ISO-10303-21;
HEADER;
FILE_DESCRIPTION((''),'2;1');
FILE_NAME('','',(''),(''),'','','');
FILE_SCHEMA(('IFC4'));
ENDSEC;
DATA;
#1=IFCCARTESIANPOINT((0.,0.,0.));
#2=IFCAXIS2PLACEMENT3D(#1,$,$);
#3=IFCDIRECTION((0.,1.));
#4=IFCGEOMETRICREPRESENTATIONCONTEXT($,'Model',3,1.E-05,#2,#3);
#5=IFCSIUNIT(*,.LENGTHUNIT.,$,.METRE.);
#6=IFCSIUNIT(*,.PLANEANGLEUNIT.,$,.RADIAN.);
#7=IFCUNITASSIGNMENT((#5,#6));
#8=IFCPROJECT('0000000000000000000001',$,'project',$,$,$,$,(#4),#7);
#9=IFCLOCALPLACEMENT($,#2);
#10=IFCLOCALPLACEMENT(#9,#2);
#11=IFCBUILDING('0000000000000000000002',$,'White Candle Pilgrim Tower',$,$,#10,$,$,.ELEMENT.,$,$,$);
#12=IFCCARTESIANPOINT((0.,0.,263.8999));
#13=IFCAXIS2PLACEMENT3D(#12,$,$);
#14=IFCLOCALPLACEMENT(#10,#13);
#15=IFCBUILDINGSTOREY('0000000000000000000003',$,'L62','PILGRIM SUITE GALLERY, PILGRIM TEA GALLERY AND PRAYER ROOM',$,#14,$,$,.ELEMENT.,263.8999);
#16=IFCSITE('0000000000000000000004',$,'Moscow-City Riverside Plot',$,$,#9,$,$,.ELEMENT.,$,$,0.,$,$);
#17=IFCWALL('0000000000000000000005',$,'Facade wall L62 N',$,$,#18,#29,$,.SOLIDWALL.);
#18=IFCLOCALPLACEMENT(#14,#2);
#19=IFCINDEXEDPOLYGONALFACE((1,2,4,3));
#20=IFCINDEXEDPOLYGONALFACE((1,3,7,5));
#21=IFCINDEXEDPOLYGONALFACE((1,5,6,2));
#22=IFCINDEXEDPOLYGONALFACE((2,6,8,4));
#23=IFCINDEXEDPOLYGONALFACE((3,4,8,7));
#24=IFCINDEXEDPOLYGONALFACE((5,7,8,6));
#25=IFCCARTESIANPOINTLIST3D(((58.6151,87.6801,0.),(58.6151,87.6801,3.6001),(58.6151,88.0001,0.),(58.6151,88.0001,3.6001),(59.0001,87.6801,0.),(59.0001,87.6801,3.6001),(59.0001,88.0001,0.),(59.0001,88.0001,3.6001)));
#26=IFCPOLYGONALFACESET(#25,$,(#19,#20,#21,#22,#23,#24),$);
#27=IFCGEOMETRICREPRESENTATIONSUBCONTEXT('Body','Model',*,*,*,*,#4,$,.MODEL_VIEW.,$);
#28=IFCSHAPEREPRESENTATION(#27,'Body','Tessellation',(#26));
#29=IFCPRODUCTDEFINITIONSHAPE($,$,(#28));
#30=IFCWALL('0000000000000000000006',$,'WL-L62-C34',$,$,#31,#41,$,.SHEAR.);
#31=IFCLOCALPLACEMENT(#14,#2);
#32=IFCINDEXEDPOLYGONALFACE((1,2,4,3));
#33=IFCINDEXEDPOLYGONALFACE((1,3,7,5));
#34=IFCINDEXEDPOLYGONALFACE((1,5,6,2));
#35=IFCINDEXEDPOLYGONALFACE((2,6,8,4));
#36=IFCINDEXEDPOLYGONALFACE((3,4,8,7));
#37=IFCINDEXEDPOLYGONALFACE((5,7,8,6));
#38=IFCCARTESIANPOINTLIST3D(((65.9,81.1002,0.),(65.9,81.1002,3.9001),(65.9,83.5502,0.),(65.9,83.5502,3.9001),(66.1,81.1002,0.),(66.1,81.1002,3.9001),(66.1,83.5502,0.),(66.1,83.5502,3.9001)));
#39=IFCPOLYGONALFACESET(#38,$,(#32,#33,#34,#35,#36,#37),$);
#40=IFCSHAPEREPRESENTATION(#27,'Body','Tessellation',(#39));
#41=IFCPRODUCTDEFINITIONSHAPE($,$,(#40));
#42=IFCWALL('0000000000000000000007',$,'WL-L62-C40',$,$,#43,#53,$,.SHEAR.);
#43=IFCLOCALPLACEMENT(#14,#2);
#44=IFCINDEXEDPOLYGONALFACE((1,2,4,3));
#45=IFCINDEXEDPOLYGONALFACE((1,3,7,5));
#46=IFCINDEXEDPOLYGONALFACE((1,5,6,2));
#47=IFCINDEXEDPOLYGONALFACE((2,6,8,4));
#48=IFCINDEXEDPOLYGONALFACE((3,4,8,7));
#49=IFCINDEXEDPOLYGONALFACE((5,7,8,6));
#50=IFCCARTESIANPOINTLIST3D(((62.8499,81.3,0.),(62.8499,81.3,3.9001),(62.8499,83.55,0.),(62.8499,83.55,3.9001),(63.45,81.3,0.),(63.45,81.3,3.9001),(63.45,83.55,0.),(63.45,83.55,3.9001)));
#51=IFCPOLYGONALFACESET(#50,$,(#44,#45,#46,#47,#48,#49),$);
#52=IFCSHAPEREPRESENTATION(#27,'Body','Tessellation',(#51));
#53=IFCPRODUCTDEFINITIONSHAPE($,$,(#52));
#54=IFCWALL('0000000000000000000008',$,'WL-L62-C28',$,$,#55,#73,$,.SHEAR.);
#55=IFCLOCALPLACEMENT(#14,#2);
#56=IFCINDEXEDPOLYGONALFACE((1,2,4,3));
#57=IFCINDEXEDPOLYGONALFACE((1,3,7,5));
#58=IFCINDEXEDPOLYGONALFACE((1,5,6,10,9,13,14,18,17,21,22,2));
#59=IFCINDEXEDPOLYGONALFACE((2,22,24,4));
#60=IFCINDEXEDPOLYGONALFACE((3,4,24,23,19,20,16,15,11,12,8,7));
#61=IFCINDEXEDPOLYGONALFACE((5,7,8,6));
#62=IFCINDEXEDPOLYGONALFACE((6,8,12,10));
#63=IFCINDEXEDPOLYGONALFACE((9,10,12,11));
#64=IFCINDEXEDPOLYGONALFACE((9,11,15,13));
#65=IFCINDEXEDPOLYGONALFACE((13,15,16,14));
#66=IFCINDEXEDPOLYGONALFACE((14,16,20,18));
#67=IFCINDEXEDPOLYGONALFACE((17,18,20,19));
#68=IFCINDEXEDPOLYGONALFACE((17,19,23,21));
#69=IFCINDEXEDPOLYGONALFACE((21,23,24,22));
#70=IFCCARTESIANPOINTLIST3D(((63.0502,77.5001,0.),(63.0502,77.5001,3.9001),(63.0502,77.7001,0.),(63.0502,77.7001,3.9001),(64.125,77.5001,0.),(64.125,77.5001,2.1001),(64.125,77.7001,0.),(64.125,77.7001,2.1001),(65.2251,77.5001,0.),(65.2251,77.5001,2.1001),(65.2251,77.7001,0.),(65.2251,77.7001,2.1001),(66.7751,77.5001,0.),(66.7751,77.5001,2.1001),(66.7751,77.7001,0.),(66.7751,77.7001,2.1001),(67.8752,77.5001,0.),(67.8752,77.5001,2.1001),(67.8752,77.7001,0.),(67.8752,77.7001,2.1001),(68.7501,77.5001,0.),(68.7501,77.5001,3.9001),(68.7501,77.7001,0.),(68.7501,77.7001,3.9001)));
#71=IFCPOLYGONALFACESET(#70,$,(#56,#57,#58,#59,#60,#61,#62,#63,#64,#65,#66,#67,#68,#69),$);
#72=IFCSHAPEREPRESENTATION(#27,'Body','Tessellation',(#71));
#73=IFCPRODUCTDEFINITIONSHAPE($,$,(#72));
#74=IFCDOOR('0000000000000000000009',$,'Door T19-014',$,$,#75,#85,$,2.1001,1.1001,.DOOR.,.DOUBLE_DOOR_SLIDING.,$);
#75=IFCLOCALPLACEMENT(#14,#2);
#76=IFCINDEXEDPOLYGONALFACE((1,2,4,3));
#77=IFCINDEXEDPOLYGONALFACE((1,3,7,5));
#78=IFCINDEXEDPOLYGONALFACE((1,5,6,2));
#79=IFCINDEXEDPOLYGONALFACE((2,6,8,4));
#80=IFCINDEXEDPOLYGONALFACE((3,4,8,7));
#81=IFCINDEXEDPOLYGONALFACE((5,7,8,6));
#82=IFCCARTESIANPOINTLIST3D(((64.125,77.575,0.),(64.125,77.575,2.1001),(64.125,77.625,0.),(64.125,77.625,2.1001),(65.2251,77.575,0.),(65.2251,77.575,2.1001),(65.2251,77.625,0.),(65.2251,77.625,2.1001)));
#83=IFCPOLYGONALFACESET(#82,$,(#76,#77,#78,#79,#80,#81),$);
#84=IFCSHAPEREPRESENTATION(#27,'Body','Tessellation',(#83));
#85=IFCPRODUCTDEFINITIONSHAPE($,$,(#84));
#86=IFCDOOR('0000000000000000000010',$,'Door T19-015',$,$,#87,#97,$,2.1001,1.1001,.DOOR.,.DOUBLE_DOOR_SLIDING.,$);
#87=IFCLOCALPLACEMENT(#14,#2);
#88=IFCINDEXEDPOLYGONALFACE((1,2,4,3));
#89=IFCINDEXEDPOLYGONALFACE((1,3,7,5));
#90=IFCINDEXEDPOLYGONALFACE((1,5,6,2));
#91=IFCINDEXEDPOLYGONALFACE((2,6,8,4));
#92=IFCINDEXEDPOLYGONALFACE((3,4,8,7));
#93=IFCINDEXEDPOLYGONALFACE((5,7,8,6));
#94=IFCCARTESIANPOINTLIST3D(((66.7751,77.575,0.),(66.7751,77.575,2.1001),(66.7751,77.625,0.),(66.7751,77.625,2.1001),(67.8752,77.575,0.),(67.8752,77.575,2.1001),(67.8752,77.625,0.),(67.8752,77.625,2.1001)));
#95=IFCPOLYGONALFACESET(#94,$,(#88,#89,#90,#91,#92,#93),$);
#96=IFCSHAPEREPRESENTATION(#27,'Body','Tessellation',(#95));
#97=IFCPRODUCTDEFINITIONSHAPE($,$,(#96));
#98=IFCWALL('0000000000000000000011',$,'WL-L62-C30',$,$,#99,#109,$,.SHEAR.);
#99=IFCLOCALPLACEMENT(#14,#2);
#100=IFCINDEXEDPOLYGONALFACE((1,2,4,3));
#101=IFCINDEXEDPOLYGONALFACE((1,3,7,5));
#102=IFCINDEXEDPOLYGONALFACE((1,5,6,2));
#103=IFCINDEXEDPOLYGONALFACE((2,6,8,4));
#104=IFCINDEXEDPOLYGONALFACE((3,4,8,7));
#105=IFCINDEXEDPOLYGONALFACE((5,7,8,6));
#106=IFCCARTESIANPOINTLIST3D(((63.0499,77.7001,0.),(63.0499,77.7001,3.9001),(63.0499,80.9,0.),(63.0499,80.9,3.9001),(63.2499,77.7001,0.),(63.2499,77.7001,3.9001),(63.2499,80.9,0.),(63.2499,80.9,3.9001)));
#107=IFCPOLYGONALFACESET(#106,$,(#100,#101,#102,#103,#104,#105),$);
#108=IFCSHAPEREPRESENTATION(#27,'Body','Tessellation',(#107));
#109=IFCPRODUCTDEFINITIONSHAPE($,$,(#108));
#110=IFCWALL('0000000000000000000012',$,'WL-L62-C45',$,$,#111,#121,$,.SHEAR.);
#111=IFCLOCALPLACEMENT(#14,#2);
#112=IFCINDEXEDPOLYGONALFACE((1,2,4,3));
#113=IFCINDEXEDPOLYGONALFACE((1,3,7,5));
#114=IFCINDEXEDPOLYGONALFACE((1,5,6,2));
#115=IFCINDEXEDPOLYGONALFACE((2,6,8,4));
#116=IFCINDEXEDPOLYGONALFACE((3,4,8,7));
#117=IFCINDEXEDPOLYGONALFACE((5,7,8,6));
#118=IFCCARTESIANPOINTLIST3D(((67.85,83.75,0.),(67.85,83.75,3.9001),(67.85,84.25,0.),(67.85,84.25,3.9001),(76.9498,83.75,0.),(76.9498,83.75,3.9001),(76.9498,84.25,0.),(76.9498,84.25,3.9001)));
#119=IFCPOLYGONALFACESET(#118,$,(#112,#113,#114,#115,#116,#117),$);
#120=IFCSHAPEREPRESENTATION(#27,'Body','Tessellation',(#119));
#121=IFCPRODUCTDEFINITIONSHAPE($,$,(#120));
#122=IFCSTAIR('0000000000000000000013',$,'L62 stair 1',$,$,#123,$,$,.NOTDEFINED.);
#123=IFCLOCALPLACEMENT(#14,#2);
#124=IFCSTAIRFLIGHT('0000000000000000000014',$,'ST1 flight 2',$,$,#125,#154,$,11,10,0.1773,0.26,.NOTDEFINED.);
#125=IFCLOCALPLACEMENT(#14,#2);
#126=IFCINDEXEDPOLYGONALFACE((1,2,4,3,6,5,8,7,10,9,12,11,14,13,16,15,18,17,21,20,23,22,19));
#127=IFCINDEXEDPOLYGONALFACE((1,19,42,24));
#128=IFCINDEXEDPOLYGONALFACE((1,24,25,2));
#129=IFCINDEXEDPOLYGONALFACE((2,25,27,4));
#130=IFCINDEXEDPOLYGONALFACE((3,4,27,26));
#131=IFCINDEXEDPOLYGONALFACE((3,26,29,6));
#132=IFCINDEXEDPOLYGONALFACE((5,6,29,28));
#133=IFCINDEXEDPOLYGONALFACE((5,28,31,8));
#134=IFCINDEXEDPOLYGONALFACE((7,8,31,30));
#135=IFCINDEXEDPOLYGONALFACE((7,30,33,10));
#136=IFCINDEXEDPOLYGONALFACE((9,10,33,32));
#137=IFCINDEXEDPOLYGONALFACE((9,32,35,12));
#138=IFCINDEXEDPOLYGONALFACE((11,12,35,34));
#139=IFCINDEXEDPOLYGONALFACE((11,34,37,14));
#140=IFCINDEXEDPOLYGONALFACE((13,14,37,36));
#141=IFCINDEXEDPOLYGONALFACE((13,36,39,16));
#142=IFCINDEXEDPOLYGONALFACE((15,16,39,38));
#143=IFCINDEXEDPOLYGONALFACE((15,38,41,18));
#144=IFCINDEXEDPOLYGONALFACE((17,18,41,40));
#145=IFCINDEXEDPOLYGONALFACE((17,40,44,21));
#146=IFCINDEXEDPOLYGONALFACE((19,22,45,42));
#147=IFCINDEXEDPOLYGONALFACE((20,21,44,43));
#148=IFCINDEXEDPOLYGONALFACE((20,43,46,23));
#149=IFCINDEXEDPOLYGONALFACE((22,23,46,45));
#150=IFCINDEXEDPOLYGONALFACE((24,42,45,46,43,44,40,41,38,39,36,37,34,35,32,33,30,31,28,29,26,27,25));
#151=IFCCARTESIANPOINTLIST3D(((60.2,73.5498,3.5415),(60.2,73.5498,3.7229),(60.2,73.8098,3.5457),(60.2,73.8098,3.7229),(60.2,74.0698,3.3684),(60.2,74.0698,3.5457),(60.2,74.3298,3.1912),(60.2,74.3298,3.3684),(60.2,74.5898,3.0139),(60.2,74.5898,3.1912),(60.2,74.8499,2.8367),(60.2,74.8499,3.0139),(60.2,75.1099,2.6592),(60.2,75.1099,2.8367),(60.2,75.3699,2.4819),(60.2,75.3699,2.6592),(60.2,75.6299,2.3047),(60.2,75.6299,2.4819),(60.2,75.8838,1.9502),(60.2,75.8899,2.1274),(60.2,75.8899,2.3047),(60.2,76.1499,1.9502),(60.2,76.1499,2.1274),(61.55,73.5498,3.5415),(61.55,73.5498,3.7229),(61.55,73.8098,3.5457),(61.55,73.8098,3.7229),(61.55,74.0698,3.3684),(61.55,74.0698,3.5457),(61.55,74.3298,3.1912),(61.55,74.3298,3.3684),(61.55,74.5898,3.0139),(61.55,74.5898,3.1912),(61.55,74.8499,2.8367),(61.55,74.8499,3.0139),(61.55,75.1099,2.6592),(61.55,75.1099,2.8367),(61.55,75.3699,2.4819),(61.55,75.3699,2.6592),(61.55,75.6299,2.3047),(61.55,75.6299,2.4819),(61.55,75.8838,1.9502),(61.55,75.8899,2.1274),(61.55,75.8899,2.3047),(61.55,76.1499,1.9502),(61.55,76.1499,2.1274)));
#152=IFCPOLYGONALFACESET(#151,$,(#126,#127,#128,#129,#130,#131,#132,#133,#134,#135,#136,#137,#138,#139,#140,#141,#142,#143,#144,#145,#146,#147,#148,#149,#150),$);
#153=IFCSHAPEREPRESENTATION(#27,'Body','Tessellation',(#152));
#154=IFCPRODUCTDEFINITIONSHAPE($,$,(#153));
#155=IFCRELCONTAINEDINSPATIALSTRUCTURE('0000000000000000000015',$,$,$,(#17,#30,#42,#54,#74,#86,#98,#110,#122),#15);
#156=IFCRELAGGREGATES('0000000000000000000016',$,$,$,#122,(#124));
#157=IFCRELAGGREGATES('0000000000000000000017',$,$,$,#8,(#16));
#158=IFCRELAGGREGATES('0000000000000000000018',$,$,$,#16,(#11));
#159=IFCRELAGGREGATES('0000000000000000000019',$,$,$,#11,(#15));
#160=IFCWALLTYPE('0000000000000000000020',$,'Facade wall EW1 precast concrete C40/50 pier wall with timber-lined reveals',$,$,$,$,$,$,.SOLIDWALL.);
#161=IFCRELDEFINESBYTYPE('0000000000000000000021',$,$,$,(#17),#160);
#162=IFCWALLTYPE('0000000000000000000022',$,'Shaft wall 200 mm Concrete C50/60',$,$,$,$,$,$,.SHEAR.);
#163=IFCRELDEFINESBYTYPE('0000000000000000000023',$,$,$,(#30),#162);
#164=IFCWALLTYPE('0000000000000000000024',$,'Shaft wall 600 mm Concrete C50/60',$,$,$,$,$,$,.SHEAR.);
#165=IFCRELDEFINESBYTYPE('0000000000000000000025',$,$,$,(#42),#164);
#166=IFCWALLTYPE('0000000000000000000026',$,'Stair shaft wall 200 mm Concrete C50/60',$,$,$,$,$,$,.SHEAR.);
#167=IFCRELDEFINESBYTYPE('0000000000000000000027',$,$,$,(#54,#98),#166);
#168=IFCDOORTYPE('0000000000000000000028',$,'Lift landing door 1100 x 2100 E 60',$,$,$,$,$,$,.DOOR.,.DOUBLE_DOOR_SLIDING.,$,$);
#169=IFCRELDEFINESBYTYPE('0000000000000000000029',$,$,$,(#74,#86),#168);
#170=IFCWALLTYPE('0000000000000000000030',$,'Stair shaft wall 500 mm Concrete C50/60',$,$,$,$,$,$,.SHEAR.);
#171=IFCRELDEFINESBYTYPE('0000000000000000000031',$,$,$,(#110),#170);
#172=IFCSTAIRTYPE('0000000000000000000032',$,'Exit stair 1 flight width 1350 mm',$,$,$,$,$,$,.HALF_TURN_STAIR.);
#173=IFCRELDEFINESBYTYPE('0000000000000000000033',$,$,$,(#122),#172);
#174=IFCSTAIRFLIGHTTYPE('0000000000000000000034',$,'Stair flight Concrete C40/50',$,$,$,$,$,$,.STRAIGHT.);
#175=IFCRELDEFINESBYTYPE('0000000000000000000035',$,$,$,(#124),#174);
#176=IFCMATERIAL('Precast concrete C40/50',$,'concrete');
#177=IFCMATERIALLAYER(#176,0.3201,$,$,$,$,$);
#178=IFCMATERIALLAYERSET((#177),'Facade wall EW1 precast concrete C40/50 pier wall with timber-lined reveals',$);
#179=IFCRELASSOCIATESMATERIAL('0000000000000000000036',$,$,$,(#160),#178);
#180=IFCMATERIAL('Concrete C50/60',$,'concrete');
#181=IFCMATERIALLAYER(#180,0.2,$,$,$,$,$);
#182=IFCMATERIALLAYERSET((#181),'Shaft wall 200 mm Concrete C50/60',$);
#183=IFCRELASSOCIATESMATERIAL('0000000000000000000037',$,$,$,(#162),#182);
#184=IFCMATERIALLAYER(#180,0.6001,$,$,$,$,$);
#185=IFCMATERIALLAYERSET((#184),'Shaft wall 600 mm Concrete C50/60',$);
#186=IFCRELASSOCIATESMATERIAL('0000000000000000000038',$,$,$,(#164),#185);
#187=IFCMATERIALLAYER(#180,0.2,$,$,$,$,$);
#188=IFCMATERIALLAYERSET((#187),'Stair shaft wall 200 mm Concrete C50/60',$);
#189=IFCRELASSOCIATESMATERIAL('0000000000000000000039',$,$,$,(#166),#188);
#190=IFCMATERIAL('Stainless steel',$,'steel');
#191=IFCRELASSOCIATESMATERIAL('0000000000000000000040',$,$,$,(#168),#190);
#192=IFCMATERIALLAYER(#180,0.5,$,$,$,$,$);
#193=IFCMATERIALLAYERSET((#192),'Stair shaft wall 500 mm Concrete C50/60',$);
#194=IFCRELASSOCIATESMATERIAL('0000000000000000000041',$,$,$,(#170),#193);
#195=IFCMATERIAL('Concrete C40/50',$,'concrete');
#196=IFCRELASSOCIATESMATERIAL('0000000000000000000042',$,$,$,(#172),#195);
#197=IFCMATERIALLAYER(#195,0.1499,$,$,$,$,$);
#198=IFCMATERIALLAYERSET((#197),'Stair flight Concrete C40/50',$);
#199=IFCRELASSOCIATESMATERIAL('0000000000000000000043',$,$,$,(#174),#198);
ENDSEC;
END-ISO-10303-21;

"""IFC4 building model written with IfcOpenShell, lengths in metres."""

from ifc_helpers import new_model, si_unit, direction, frame, frame_2d, origin, place, context, subcontext, project, spatial, polyline, rectangle, outline, extrude, material, layer, layer_set, type_object, element, fill, aggregate, save


model = new_model("IFC4")

# Units and contexts
model_context = context("Model", 3, precision=1e-05, world=origin(), true_north=direction((0.0, 1.0)))
body_context = subcontext(model_context, "Body", "Model", "MODEL_VIEW")
ifc_project = project(units=[si_unit("LENGTHUNIT", "METRE"), si_unit("PLANEANGLEUNIT", "RADIAN")], contexts=[model_context])

# Site, building, storey
site_placement = place(None, origin())
site = spatial("IfcSite", under=ifc_project, at=site_placement, Name="Moscow-City Riverside Plot", CompositionType="ELEMENT", RefElevation=0.0)
building_placement = place(site_placement, origin())
building = spatial("IfcBuilding", under=site, at=building_placement, Name="White Candle Pilgrim Tower", CompositionType="ELEMENT")
storey_placement = place(building_placement, frame((0.0, 0.0, 263.8999)))
storey = spatial("IfcBuildingStorey", under=building, at=storey_placement, Name="L62", Description="PILGRIM SUITE GALLERY, PILGRIM TEA GALLERY AND PRAYER ROOM", CompositionType="ELEMENT", Elevation=263.8999)

# Shared definitions
ifc_material_1 = material(Name="Concrete C50/60", Category="concrete")

# Shared definitions
ifc_material_2 = material(Name="Stainless steel", Category="steel")

# Walls
ifc_material_3 = material(Name="Precast concrete C40/50", Category="concrete")
ifc_layer_1 = layer(ifc_material_3, 0.3201)
ifc_layer_set_1 = layer_set([ifc_layer_1], Name="Facade wall EW1 precast concrete C40/50 pier wall with timber-lined reveals")
wall_type_1 = type_object("IfcWallType", Name="Facade wall EW1 precast concrete C40/50 pier wall with timber-lined reveals", PredefinedType="SOLIDWALL", material=ifc_layer_set_1)
wall_1_placement = place(storey_placement, frame((59.0, 87.8401, 0.0), z_axis=(0.0, 0.0, 1.0), x_axis=(-1.0, 0.0, 0.0)))
element("IfcWall", 1, at=wall_1_placement, inside=storey, type_object=wall_type_1, Name="Facade wall L62 N", PredefinedType="SOLIDWALL", context=body_context, shape_type="SweptSolid", body=[
    extrude(rectangle(XDim=0.385, YDim=0.3201, at=frame_2d((0.1924, 0.0))), origin(), (0.0, 0.0, 1.0), 3.6001),
])
ifc_layer_2 = layer(ifc_material_1, 0.2)
ifc_layer_set_2 = layer_set([ifc_layer_2], Name="Shaft wall 200 mm Concrete C50/60")
wall_type_2 = type_object("IfcWallType", Name="Shaft wall 200 mm Concrete C50/60", PredefinedType="SHEAR", material=ifc_layer_set_2)
wall_2_placement = place(storey_placement, frame((66.0, 81.1001, 0.0), z_axis=(0.0, 0.0, 1.0), x_axis=(0.0, 1.0, 0.0)))
element("IfcWall", 2, at=wall_2_placement, inside=storey, type_object=wall_type_2, Name="WL-L62-C34", PredefinedType="SHEAR", context=body_context, shape_type="SweptSolid", body=[
    extrude(rectangle(XDim=2.45, YDim=0.2, at=frame_2d((1.2251, 0.0))), origin(), (0.0, 0.0, 1.0), 3.9001),
])
ifc_layer_3 = layer(ifc_material_1, 0.6001)
ifc_layer_set_3 = layer_set([ifc_layer_3], Name="Shaft wall 600 mm Concrete C50/60")
wall_type_3 = type_object("IfcWallType", Name="Shaft wall 600 mm Concrete C50/60", PredefinedType="SHEAR", material=ifc_layer_set_3)
wall_3_placement = place(storey_placement, frame((63.1499, 81.3, 0.0), z_axis=(0.0, 0.0, 1.0), x_axis=(0.0, 1.0, 0.0)))
element("IfcWall", 3, at=wall_3_placement, inside=storey, type_object=wall_type_3, Name="WL-L62-C40", PredefinedType="SHEAR", context=body_context, shape_type="SweptSolid", body=[
    extrude(rectangle(XDim=2.25, YDim=0.6001, at=frame_2d((1.125, 0.0))), origin(), (0.0, 0.0, 1.0), 3.9001),
])

# Wall, openings, doors
ifc_layer_4 = layer(ifc_material_1, 0.2)
ifc_layer_set_4 = layer_set([ifc_layer_4], Name="Stair shaft wall 200 mm Concrete C50/60")
wall_type_4 = type_object("IfcWallType", Name="Stair shaft wall 200 mm Concrete C50/60", PredefinedType="SHEAR", material=ifc_layer_set_4)
wall_4_placement = place(storey_placement, frame((63.05, 77.6001, 0.0), z_axis=(0.0, 0.0, 1.0), x_axis=(1.0, 0.0, 0.0)))
wall_4 = element("IfcWall", 4, at=wall_4_placement, inside=storey, type_object=wall_type_4, Name="WL-L62-C28", PredefinedType="SHEAR", context=body_context, shape_type="SweptSolid", body=[
    extrude(rectangle(XDim=5.7, YDim=0.2, at=frame_2d((2.8501, 0.0))), origin(), (0.0, 0.0, 1.0), 3.9001),
])
opening_1_placement = place(wall_4_placement, frame((1.075, 0.0, 0.0)))
opening_1 = element("IfcOpeningElement", 5, at=opening_1_placement, cuts=wall_4, PredefinedType="OPENING", context=body_context, shape_type="SweptSolid", body=[
    extrude(rectangle(XDim=1.1001, YDim=2.1001, at=frame_2d((0.55, 1.05))), frame((0.0, 0.1099, 0.0), z_axis=(0.0, -1.0, 0.0), x_axis=(1.0, 0.0, 0.0)), (0.0, 0.0, 1.0), 0.22),
])
opening_2_placement = place(wall_4_placement, frame((3.7251, 0.0, 0.0)))
opening_2 = element("IfcOpeningElement", 6, at=opening_2_placement, cuts=wall_4, PredefinedType="OPENING", context=body_context, shape_type="SweptSolid", body=[
    extrude(rectangle(XDim=1.1001, YDim=2.1001, at=frame_2d((0.55, 1.05))), frame((0.0, 0.1099, 0.0), z_axis=(0.0, -1.0, 0.0), x_axis=(1.0, 0.0, 0.0)), (0.0, 0.0, 1.0), 0.22),
])
door_type_1 = type_object("IfcDoorType", Name="Lift landing door 1100 x 2100 E 60", OperationType="DOUBLE_DOOR_SLIDING", PredefinedType="DOOR", material=ifc_material_2)
door_1_placement = place(opening_1_placement, origin())
door_1 = element("IfcDoor", 7, at=door_1_placement, inside=storey, type_object=door_type_1, Name="Door T19-014", OperationType="DOUBLE_DOOR_SLIDING", OverallHeight=2.1001, OverallWidth=1.1001, PredefinedType="DOOR", context=body_context, shape_type="SweptSolid", body=[
    extrude(rectangle(XDim=1.1001, YDim=2.1001, at=frame_2d((0.55, 1.05))), frame((0.0, 0.0249, 0.0), z_axis=(0.0, -1.0, 0.0), x_axis=(1.0, 0.0, 0.0)), (0.0, 0.0, 1.0), 0.05),
])
fill(opening_1, door_1)
door_2_placement = place(opening_2_placement, origin())
door_2 = element("IfcDoor", 8, at=door_2_placement, inside=storey, type_object=door_type_1, Name="Door T19-015", OperationType="DOUBLE_DOOR_SLIDING", OverallHeight=2.1001, OverallWidth=1.1001, PredefinedType="DOOR", context=body_context, shape_type="SweptSolid", body=[
    extrude(rectangle(XDim=1.1001, YDim=2.1001, at=frame_2d((0.55, 1.05))), frame((0.0, 0.0249, 0.0), z_axis=(0.0, -1.0, 0.0), x_axis=(1.0, 0.0, 0.0)), (0.0, 0.0, 1.0), 0.05),
])
fill(opening_2, door_2)

# Walls
wall_5_placement = place(storey_placement, frame((63.1499, 77.7, 0.0), z_axis=(0.0, 0.0, 1.0), x_axis=(0.0, 1.0, 0.0)))
element("IfcWall", 9, at=wall_5_placement, inside=storey, type_object=wall_type_4, Name="WL-L62-C30", PredefinedType="SHEAR", context=body_context, shape_type="SweptSolid", body=[
    extrude(rectangle(XDim=3.2, YDim=0.2, at=frame_2d((1.6001, 0.0))), origin(), (0.0, 0.0, 1.0), 3.9001),
])
ifc_layer_5 = layer(ifc_material_1, 0.5)
ifc_layer_set_5 = layer_set([ifc_layer_5], Name="Stair shaft wall 500 mm Concrete C50/60")
wall_type_5 = type_object("IfcWallType", Name="Stair shaft wall 500 mm Concrete C50/60", PredefinedType="SHEAR", material=ifc_layer_set_5)
wall_6_placement = place(storey_placement, frame((67.8501, 84.0, 0.0), z_axis=(0.0, 0.0, 1.0), x_axis=(1.0, 0.0, 0.0)))
element("IfcWall", 10, at=wall_6_placement, inside=storey, type_object=wall_type_5, Name="WL-L62-C45", PredefinedType="SHEAR", context=body_context, shape_type="SweptSolid", body=[
    extrude(rectangle(XDim=9.0999, YDim=0.5, at=frame_2d((4.5498, 0.0))), origin(), (0.0, 0.0, 1.0), 3.9001),
])

# Stair, stair flight
ifc_material_4 = material(Name="Concrete C40/50", Category="concrete")
stair_type = type_object("IfcStairType", Name="Exit stair 1 flight width 1350 mm", PredefinedType="HALF_TURN_STAIR", material=ifc_material_4)
stair_placement = place(storey_placement, origin())
stair = element("IfcStair", 11, at=stair_placement, inside=storey, type_object=stair_type, Name="L62 stair 1", PredefinedType="NOTDEFINED")
ifc_layer_6 = layer(ifc_material_4, 0.1499)
ifc_layer_set_6 = layer_set([ifc_layer_6], Name="Stair flight Concrete C40/50")
stair_flight_type = type_object("IfcStairFlightType", Name="Stair flight Concrete C40/50", PredefinedType="STRAIGHT", material=ifc_layer_set_6)
stair_flight_placement = place(storey_placement, frame((60.875, 76.1499, 1.9502), z_axis=(0.0, 0.0, 1.0), x_axis=(0.0, -1.0, 0.0)))
stair_flight = element("IfcStairFlight", 12, at=stair_flight_placement, type_object=stair_flight_type, Name="ST1 flight 2", NumberOfRisers=11, NumberOfTreads=10, PredefinedType="NOTDEFINED", RiserHeight=0.1773, TreadLength=0.26, context=body_context, shape_type="SweptSolid", body=[
    extrude(outline(polyline([(0.0, 0.0), (0.0, 0.1772), (0.26, 0.1772), (0.26, 0.3545), (0.52, 0.3545), (0.52, 0.5317), (0.78, 0.5317), (0.78, 0.709), (1.04, 0.709), (1.04, 0.8865), (1.3, 0.8865), (1.3, 1.0637), (1.5601, 1.0637), (1.5601, 1.241), (1.8201, 1.241), (1.8201, 1.4182), (2.0801, 1.4182), (2.0801, 1.5955), (2.3401, 1.5955), (2.3401, 1.7727), (2.6001, 1.7727), (2.6001, 1.95), (2.6001, 1.5913), (0.2661, 0.0), (0.0, 0.0)])), frame((0.0, 0.675, 0.0), z_axis=(0.0, -1.0, 0.0), x_axis=(1.0, 0.0, 0.0)), (0.0, 0.0, 1.0), 1.3501),
])
aggregate(stair, [stair_flight])

save(model, "model.ifc")
